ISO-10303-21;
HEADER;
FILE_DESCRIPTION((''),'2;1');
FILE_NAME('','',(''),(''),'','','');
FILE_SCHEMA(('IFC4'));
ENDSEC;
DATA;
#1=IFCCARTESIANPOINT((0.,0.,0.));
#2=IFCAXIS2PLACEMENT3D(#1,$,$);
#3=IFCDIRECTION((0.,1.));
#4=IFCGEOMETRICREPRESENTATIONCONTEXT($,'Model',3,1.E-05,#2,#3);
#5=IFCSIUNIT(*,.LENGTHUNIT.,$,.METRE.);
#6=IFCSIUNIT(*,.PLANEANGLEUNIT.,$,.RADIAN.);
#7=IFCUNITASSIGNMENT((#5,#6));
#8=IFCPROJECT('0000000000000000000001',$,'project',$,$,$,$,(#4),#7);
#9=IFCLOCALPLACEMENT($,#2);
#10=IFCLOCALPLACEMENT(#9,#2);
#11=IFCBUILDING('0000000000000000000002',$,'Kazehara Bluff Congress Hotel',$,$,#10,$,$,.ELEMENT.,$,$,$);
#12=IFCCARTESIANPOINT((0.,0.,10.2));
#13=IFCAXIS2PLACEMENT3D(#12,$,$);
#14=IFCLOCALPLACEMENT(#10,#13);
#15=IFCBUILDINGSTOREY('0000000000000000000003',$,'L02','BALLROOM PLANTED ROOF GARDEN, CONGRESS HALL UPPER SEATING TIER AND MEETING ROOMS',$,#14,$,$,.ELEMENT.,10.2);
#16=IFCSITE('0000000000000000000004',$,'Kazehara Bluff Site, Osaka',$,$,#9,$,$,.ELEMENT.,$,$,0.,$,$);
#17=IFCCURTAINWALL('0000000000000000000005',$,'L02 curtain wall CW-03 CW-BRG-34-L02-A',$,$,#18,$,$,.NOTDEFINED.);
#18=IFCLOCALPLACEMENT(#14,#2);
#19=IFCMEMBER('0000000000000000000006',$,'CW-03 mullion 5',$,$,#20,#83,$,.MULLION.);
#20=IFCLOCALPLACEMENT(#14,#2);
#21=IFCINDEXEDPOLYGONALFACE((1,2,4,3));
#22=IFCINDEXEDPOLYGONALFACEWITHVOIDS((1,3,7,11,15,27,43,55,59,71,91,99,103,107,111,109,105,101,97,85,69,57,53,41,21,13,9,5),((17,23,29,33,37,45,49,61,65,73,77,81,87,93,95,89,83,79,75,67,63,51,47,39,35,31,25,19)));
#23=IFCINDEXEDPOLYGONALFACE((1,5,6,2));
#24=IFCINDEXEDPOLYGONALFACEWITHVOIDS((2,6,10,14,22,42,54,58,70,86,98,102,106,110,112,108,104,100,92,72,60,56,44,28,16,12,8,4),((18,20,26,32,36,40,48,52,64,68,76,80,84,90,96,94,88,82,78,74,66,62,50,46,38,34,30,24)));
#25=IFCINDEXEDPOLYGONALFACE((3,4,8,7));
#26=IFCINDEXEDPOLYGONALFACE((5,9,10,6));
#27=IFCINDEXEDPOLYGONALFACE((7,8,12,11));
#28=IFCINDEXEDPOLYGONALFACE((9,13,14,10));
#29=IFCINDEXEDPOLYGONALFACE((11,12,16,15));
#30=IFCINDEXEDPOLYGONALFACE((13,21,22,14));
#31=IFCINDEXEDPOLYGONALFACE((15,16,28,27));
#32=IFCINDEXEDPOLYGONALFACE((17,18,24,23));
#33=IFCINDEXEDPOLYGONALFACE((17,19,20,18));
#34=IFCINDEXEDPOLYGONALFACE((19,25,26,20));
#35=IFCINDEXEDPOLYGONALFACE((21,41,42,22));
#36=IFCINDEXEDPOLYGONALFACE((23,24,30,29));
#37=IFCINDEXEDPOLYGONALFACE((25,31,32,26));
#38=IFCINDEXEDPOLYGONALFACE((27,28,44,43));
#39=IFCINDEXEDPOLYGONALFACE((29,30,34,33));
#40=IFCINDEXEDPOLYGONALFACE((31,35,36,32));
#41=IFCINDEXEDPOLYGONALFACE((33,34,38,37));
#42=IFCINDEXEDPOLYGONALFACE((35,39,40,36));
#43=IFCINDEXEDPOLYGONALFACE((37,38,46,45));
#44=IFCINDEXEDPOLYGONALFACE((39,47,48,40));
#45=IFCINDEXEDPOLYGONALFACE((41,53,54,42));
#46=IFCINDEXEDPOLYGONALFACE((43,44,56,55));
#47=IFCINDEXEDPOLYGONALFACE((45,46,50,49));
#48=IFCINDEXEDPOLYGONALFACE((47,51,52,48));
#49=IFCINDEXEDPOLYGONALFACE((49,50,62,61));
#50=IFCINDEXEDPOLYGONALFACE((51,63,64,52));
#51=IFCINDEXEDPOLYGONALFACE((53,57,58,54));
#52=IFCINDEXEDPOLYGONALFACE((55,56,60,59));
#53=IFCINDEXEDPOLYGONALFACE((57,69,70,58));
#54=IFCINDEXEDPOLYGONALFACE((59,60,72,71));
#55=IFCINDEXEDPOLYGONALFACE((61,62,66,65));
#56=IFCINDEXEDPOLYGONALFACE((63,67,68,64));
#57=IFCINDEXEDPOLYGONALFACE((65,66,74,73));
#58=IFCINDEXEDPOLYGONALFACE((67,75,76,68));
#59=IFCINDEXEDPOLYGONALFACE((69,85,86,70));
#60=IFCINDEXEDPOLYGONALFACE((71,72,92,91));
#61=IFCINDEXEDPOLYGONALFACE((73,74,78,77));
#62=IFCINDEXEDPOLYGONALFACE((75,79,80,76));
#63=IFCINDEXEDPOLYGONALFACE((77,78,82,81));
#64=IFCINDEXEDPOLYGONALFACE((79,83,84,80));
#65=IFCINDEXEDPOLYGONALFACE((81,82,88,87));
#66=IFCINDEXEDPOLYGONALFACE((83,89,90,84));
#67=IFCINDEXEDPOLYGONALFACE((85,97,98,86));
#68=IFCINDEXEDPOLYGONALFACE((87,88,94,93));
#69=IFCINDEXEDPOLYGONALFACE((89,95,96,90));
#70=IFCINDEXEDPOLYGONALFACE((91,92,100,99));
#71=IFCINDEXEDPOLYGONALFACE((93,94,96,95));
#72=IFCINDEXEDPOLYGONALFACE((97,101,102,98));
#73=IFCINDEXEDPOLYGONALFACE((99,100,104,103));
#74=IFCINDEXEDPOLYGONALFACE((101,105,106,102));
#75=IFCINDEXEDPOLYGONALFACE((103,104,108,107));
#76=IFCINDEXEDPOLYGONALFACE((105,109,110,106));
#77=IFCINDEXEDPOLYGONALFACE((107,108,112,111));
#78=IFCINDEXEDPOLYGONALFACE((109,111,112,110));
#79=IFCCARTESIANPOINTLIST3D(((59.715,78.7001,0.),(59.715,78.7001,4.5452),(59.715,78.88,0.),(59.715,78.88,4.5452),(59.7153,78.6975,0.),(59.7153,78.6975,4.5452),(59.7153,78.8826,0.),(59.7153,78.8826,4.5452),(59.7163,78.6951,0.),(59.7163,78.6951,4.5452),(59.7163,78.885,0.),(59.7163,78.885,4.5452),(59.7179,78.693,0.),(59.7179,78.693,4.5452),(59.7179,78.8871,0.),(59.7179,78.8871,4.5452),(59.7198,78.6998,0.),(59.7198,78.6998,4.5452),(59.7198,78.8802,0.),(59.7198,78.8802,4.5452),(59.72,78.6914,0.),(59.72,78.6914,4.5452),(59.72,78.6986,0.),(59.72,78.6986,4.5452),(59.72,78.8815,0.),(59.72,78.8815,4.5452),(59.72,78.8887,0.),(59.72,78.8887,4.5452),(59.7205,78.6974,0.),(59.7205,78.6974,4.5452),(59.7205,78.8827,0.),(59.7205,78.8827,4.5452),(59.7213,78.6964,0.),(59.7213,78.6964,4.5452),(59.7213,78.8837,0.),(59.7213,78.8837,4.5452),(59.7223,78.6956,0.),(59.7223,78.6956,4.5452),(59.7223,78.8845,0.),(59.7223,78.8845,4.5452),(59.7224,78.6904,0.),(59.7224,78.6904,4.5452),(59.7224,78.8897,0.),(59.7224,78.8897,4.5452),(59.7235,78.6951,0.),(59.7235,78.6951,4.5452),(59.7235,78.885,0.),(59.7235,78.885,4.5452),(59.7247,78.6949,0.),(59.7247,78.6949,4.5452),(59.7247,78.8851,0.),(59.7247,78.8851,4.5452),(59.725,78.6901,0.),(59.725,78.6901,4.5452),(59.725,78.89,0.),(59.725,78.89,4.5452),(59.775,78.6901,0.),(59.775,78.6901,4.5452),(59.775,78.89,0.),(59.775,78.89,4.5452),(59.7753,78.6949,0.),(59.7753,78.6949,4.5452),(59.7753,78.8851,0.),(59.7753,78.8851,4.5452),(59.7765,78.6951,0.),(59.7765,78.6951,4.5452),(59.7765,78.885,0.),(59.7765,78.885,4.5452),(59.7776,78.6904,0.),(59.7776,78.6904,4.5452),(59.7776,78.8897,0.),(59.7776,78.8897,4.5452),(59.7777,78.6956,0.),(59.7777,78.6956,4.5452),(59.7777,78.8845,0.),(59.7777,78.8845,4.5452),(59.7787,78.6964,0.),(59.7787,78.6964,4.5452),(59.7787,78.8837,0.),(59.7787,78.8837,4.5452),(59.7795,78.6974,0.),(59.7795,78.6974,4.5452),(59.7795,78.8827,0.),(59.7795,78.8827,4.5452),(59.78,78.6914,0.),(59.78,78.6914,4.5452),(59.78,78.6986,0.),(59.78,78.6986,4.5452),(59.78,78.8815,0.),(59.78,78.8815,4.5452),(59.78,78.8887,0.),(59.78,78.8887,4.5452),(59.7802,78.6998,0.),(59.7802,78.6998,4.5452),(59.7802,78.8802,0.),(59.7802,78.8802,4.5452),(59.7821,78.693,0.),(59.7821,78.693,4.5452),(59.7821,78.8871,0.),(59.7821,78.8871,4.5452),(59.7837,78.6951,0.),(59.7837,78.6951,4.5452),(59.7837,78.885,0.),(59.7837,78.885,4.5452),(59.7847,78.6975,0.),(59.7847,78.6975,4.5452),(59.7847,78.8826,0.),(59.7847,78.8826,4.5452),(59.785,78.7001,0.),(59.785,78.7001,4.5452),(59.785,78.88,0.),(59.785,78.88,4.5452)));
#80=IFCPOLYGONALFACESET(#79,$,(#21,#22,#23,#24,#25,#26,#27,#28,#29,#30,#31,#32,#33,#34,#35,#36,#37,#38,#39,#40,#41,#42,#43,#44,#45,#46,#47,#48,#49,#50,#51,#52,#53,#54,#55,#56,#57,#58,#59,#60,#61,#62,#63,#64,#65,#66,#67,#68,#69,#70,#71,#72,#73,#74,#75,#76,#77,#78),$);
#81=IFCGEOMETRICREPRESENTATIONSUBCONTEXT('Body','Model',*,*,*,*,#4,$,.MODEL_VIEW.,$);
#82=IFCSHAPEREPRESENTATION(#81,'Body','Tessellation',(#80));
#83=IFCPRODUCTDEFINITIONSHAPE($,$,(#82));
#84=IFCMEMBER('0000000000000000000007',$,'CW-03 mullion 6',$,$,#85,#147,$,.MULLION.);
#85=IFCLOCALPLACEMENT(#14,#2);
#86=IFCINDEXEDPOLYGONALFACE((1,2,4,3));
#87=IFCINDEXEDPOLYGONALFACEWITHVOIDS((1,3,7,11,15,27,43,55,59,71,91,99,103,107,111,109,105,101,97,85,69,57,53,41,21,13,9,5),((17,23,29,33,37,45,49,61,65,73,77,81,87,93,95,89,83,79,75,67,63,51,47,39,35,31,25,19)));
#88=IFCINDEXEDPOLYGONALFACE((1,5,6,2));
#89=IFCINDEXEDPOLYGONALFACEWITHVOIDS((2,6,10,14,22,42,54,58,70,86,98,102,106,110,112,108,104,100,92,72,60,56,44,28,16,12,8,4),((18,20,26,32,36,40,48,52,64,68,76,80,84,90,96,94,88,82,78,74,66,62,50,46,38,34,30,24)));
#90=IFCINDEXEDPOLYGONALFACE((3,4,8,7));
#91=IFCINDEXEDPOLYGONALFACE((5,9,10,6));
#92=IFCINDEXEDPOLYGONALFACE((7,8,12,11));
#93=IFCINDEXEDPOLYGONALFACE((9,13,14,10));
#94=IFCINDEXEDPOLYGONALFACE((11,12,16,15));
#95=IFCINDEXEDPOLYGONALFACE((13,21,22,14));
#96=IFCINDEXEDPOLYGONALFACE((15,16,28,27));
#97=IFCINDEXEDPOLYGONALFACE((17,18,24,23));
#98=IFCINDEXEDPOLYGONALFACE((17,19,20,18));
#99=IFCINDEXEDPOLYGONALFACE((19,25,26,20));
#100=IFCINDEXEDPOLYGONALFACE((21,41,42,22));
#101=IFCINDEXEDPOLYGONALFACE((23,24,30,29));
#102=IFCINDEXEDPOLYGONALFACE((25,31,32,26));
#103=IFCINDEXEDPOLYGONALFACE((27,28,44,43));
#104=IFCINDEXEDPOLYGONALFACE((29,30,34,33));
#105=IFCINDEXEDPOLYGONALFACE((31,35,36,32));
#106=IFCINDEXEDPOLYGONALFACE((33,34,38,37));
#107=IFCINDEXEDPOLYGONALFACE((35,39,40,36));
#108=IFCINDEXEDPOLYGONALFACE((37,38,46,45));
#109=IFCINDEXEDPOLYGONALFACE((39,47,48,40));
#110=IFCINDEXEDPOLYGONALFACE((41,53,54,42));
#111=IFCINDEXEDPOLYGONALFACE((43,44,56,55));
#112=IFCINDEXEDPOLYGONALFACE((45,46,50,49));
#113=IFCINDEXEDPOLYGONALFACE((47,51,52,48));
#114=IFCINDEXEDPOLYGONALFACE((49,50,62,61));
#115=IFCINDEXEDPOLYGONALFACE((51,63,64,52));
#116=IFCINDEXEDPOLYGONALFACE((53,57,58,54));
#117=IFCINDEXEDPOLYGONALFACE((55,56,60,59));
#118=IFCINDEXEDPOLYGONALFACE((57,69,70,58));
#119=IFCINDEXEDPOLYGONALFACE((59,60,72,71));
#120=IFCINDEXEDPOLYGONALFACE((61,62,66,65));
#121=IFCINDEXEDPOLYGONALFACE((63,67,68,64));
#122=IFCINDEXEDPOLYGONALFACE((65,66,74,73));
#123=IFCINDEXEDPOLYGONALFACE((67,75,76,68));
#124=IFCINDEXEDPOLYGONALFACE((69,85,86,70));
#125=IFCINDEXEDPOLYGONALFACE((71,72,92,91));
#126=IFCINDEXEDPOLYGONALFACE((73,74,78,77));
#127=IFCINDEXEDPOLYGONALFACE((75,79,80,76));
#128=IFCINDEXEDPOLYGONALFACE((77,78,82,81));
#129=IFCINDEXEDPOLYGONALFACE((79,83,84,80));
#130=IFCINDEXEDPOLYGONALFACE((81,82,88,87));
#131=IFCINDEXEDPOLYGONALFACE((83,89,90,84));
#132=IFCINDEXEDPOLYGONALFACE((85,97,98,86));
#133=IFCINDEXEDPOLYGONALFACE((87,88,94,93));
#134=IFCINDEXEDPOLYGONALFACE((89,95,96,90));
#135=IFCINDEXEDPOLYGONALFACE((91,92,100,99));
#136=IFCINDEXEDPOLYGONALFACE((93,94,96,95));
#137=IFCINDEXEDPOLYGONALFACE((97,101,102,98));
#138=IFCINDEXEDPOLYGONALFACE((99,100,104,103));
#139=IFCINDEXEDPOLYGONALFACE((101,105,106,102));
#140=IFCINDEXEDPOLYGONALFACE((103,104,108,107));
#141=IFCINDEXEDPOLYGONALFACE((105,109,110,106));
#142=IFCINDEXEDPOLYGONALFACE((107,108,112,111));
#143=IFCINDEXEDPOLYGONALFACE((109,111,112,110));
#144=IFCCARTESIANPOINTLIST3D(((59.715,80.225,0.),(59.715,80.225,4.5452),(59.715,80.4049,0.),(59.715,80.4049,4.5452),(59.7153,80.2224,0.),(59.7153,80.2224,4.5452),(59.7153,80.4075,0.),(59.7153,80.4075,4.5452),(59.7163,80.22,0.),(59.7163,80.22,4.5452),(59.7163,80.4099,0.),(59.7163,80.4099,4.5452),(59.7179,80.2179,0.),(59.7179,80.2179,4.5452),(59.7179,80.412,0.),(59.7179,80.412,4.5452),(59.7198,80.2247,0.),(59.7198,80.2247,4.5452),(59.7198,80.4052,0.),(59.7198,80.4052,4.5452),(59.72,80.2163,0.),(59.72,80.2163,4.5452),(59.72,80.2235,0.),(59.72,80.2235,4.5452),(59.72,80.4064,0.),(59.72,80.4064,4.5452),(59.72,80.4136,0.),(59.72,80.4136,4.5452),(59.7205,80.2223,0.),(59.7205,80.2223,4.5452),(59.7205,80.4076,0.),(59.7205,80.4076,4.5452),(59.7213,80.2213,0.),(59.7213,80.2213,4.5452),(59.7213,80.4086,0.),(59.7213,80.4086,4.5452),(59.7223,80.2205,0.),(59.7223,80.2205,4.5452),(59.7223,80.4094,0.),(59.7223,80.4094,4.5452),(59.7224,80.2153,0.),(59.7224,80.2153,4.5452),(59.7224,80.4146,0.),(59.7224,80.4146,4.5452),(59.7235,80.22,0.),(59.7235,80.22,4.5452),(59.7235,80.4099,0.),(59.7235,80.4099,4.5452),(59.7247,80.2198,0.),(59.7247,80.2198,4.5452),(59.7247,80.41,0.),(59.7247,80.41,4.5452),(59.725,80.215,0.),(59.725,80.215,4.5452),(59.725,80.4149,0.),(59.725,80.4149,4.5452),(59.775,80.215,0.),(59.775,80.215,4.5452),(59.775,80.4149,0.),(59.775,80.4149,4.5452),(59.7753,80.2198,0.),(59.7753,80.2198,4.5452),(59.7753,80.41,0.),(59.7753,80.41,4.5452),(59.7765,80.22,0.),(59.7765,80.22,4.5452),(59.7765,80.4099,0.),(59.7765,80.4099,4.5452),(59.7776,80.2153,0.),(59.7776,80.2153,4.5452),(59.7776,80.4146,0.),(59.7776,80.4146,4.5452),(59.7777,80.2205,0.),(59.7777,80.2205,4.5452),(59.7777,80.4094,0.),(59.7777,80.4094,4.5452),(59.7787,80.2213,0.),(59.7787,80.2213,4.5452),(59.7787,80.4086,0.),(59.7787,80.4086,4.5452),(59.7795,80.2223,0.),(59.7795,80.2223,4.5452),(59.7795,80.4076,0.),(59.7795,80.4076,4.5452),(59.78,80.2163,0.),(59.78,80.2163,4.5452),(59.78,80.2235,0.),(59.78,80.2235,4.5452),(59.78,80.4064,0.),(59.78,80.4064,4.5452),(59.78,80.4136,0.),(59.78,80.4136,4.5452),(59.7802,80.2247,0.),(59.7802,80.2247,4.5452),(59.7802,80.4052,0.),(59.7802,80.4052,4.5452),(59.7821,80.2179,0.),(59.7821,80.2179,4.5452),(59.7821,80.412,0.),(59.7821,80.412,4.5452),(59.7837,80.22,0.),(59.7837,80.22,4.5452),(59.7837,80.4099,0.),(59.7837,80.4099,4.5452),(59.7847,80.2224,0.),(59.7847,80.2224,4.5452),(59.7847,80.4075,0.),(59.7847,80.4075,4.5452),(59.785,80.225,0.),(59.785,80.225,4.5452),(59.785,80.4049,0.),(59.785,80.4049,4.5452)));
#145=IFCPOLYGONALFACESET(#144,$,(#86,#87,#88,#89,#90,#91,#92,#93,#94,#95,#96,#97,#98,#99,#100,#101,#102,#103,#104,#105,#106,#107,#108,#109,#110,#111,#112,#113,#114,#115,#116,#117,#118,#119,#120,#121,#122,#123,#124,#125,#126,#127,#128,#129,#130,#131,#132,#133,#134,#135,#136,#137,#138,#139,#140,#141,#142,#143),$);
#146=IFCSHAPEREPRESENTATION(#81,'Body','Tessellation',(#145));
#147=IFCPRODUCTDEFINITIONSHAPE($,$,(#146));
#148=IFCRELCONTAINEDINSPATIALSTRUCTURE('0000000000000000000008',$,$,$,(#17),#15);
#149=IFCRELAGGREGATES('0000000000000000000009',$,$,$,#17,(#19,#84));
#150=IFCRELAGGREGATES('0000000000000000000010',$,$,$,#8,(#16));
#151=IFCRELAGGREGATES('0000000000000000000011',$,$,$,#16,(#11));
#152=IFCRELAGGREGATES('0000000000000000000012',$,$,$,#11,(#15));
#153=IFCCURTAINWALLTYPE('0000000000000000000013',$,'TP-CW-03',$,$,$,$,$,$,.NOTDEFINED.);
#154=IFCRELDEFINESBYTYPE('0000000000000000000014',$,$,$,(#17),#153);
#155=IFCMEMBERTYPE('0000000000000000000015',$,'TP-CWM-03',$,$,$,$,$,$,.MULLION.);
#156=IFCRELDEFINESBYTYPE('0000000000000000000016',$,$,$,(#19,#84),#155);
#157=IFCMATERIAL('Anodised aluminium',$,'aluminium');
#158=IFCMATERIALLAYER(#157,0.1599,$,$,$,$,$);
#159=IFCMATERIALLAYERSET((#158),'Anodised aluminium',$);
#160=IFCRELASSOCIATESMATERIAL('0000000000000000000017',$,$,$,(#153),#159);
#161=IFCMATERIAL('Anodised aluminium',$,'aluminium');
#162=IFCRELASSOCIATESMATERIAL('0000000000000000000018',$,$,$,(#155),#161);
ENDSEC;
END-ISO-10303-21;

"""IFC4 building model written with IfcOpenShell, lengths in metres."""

from ifc_helpers import new_model, si_unit, direction, frame, origin, origin_2d, place, context, subcontext, project, spatial, hollow_rectangle, extrude, material, layer, layer_set, material_profile, profile_set, type_object, element, aggregate, save


model = new_model("IFC4")

# Units and contexts
model_context = context("Model", 3, precision=1e-05, world=origin(), true_north=direction((0.0, 1.0)))
body_context = subcontext(model_context, "Body", "Model", "MODEL_VIEW")
ifc_project = project(units=[si_unit("LENGTHUNIT", "METRE"), si_unit("PLANEANGLEUNIT", "RADIAN")], contexts=[model_context])

# Site, building, storey
site_placement = place(None, origin())
site = spatial("IfcSite", under=ifc_project, at=site_placement, Name="Kazehara Bluff Site, Osaka", CompositionType="ELEMENT", RefElevation=0.0)
building_placement = place(site_placement, origin())
building = spatial("IfcBuilding", under=site, at=building_placement, Name="Kazehara Bluff Congress Hotel", CompositionType="ELEMENT")
storey_placement = place(building_placement, frame((0.0, 0.0, 10.2)))
storey = spatial("IfcBuildingStorey", under=building, at=storey_placement, Name="L02", Description="BALLROOM PLANTED ROOF GARDEN, CONGRESS HALL UPPER SEATING TIER AND MEETING ROOMS", CompositionType="ELEMENT", Elevation=10.2)

# Curtain wall, members
ifc_material_1 = material(Name="Anodised aluminium", Category="aluminium")
ifc_layer_1 = layer(ifc_material_1, 0.1599)
ifc_layer_set_1 = layer_set([ifc_layer_1], Name="Anodised aluminium")
curtain_wall_type_1 = type_object("IfcCurtainWallType", Name="TP-CW-03", PredefinedType="NOTDEFINED", material=ifc_layer_set_1)
curtain_wall_1_placement = place(storey_placement, origin())
curtain_wall_1 = element("IfcCurtainWall", 1, at=curtain_wall_1_placement, inside=storey, type_object=curtain_wall_type_1, Name="L02 curtain wall CW-03 CW-BRG-34-L02-A", PredefinedType="NOTDEFINED")
ifc_material_2 = material(Name="Anodised aluminium", Category="aluminium")
ifc_material_profile_1 = material_profile(ifc_material_2, hollow_rectangle(XDim=0.0701, YDim=0.2, WallThickness=0.0049, InnerFilletRadius=0.0049, OuterFilletRadius=0.01, at=origin_2d()))
ifc_profile_set_1 = profile_set([ifc_material_profile_1], Name="Anodised aluminium")
member_type_1 = type_object("IfcMemberType", Name="TP-CWM-03", PredefinedType="MULLION", material=ifc_profile_set_1)
member_1_placement = place(storey_placement, frame((59.75, 78.79, 0.0), z_axis=(0.0, 0.0, 1.0), x_axis=(-1.0, 0.0, 0.0)))
member_1 = element("IfcMember", 2, at=member_1_placement, type_object=member_type_1, Name="CW-03 mullion 5", PredefinedType="MULLION", context=body_context, shape_type="SweptSolid", body=[
    extrude(hollow_rectangle(XDim=0.0701, YDim=0.2, WallThickness=0.0049, InnerFilletRadius=0.0049, OuterFilletRadius=0.01, at=origin_2d()), origin(), (0.0, 0.0, 1.0), 4.5452),
])
member_2_placement = place(storey_placement, frame((59.75, 80.3149, 0.0), z_axis=(0.0, 0.0, 1.0), x_axis=(-1.0, 0.0, 0.0)))
member_2 = element("IfcMember", 3, at=member_2_placement, type_object=member_type_1, Name="CW-03 mullion 6", PredefinedType="MULLION", context=body_context, shape_type="SweptSolid", body=[
    extrude(hollow_rectangle(XDim=0.0701, YDim=0.2, WallThickness=0.0049, InnerFilletRadius=0.0049, OuterFilletRadius=0.01, at=origin_2d()), origin(), (0.0, 0.0, 1.0), 4.5452),
])

aggregate(curtain_wall_1, [member_1, member_2])

save(model, "model.ifc")
